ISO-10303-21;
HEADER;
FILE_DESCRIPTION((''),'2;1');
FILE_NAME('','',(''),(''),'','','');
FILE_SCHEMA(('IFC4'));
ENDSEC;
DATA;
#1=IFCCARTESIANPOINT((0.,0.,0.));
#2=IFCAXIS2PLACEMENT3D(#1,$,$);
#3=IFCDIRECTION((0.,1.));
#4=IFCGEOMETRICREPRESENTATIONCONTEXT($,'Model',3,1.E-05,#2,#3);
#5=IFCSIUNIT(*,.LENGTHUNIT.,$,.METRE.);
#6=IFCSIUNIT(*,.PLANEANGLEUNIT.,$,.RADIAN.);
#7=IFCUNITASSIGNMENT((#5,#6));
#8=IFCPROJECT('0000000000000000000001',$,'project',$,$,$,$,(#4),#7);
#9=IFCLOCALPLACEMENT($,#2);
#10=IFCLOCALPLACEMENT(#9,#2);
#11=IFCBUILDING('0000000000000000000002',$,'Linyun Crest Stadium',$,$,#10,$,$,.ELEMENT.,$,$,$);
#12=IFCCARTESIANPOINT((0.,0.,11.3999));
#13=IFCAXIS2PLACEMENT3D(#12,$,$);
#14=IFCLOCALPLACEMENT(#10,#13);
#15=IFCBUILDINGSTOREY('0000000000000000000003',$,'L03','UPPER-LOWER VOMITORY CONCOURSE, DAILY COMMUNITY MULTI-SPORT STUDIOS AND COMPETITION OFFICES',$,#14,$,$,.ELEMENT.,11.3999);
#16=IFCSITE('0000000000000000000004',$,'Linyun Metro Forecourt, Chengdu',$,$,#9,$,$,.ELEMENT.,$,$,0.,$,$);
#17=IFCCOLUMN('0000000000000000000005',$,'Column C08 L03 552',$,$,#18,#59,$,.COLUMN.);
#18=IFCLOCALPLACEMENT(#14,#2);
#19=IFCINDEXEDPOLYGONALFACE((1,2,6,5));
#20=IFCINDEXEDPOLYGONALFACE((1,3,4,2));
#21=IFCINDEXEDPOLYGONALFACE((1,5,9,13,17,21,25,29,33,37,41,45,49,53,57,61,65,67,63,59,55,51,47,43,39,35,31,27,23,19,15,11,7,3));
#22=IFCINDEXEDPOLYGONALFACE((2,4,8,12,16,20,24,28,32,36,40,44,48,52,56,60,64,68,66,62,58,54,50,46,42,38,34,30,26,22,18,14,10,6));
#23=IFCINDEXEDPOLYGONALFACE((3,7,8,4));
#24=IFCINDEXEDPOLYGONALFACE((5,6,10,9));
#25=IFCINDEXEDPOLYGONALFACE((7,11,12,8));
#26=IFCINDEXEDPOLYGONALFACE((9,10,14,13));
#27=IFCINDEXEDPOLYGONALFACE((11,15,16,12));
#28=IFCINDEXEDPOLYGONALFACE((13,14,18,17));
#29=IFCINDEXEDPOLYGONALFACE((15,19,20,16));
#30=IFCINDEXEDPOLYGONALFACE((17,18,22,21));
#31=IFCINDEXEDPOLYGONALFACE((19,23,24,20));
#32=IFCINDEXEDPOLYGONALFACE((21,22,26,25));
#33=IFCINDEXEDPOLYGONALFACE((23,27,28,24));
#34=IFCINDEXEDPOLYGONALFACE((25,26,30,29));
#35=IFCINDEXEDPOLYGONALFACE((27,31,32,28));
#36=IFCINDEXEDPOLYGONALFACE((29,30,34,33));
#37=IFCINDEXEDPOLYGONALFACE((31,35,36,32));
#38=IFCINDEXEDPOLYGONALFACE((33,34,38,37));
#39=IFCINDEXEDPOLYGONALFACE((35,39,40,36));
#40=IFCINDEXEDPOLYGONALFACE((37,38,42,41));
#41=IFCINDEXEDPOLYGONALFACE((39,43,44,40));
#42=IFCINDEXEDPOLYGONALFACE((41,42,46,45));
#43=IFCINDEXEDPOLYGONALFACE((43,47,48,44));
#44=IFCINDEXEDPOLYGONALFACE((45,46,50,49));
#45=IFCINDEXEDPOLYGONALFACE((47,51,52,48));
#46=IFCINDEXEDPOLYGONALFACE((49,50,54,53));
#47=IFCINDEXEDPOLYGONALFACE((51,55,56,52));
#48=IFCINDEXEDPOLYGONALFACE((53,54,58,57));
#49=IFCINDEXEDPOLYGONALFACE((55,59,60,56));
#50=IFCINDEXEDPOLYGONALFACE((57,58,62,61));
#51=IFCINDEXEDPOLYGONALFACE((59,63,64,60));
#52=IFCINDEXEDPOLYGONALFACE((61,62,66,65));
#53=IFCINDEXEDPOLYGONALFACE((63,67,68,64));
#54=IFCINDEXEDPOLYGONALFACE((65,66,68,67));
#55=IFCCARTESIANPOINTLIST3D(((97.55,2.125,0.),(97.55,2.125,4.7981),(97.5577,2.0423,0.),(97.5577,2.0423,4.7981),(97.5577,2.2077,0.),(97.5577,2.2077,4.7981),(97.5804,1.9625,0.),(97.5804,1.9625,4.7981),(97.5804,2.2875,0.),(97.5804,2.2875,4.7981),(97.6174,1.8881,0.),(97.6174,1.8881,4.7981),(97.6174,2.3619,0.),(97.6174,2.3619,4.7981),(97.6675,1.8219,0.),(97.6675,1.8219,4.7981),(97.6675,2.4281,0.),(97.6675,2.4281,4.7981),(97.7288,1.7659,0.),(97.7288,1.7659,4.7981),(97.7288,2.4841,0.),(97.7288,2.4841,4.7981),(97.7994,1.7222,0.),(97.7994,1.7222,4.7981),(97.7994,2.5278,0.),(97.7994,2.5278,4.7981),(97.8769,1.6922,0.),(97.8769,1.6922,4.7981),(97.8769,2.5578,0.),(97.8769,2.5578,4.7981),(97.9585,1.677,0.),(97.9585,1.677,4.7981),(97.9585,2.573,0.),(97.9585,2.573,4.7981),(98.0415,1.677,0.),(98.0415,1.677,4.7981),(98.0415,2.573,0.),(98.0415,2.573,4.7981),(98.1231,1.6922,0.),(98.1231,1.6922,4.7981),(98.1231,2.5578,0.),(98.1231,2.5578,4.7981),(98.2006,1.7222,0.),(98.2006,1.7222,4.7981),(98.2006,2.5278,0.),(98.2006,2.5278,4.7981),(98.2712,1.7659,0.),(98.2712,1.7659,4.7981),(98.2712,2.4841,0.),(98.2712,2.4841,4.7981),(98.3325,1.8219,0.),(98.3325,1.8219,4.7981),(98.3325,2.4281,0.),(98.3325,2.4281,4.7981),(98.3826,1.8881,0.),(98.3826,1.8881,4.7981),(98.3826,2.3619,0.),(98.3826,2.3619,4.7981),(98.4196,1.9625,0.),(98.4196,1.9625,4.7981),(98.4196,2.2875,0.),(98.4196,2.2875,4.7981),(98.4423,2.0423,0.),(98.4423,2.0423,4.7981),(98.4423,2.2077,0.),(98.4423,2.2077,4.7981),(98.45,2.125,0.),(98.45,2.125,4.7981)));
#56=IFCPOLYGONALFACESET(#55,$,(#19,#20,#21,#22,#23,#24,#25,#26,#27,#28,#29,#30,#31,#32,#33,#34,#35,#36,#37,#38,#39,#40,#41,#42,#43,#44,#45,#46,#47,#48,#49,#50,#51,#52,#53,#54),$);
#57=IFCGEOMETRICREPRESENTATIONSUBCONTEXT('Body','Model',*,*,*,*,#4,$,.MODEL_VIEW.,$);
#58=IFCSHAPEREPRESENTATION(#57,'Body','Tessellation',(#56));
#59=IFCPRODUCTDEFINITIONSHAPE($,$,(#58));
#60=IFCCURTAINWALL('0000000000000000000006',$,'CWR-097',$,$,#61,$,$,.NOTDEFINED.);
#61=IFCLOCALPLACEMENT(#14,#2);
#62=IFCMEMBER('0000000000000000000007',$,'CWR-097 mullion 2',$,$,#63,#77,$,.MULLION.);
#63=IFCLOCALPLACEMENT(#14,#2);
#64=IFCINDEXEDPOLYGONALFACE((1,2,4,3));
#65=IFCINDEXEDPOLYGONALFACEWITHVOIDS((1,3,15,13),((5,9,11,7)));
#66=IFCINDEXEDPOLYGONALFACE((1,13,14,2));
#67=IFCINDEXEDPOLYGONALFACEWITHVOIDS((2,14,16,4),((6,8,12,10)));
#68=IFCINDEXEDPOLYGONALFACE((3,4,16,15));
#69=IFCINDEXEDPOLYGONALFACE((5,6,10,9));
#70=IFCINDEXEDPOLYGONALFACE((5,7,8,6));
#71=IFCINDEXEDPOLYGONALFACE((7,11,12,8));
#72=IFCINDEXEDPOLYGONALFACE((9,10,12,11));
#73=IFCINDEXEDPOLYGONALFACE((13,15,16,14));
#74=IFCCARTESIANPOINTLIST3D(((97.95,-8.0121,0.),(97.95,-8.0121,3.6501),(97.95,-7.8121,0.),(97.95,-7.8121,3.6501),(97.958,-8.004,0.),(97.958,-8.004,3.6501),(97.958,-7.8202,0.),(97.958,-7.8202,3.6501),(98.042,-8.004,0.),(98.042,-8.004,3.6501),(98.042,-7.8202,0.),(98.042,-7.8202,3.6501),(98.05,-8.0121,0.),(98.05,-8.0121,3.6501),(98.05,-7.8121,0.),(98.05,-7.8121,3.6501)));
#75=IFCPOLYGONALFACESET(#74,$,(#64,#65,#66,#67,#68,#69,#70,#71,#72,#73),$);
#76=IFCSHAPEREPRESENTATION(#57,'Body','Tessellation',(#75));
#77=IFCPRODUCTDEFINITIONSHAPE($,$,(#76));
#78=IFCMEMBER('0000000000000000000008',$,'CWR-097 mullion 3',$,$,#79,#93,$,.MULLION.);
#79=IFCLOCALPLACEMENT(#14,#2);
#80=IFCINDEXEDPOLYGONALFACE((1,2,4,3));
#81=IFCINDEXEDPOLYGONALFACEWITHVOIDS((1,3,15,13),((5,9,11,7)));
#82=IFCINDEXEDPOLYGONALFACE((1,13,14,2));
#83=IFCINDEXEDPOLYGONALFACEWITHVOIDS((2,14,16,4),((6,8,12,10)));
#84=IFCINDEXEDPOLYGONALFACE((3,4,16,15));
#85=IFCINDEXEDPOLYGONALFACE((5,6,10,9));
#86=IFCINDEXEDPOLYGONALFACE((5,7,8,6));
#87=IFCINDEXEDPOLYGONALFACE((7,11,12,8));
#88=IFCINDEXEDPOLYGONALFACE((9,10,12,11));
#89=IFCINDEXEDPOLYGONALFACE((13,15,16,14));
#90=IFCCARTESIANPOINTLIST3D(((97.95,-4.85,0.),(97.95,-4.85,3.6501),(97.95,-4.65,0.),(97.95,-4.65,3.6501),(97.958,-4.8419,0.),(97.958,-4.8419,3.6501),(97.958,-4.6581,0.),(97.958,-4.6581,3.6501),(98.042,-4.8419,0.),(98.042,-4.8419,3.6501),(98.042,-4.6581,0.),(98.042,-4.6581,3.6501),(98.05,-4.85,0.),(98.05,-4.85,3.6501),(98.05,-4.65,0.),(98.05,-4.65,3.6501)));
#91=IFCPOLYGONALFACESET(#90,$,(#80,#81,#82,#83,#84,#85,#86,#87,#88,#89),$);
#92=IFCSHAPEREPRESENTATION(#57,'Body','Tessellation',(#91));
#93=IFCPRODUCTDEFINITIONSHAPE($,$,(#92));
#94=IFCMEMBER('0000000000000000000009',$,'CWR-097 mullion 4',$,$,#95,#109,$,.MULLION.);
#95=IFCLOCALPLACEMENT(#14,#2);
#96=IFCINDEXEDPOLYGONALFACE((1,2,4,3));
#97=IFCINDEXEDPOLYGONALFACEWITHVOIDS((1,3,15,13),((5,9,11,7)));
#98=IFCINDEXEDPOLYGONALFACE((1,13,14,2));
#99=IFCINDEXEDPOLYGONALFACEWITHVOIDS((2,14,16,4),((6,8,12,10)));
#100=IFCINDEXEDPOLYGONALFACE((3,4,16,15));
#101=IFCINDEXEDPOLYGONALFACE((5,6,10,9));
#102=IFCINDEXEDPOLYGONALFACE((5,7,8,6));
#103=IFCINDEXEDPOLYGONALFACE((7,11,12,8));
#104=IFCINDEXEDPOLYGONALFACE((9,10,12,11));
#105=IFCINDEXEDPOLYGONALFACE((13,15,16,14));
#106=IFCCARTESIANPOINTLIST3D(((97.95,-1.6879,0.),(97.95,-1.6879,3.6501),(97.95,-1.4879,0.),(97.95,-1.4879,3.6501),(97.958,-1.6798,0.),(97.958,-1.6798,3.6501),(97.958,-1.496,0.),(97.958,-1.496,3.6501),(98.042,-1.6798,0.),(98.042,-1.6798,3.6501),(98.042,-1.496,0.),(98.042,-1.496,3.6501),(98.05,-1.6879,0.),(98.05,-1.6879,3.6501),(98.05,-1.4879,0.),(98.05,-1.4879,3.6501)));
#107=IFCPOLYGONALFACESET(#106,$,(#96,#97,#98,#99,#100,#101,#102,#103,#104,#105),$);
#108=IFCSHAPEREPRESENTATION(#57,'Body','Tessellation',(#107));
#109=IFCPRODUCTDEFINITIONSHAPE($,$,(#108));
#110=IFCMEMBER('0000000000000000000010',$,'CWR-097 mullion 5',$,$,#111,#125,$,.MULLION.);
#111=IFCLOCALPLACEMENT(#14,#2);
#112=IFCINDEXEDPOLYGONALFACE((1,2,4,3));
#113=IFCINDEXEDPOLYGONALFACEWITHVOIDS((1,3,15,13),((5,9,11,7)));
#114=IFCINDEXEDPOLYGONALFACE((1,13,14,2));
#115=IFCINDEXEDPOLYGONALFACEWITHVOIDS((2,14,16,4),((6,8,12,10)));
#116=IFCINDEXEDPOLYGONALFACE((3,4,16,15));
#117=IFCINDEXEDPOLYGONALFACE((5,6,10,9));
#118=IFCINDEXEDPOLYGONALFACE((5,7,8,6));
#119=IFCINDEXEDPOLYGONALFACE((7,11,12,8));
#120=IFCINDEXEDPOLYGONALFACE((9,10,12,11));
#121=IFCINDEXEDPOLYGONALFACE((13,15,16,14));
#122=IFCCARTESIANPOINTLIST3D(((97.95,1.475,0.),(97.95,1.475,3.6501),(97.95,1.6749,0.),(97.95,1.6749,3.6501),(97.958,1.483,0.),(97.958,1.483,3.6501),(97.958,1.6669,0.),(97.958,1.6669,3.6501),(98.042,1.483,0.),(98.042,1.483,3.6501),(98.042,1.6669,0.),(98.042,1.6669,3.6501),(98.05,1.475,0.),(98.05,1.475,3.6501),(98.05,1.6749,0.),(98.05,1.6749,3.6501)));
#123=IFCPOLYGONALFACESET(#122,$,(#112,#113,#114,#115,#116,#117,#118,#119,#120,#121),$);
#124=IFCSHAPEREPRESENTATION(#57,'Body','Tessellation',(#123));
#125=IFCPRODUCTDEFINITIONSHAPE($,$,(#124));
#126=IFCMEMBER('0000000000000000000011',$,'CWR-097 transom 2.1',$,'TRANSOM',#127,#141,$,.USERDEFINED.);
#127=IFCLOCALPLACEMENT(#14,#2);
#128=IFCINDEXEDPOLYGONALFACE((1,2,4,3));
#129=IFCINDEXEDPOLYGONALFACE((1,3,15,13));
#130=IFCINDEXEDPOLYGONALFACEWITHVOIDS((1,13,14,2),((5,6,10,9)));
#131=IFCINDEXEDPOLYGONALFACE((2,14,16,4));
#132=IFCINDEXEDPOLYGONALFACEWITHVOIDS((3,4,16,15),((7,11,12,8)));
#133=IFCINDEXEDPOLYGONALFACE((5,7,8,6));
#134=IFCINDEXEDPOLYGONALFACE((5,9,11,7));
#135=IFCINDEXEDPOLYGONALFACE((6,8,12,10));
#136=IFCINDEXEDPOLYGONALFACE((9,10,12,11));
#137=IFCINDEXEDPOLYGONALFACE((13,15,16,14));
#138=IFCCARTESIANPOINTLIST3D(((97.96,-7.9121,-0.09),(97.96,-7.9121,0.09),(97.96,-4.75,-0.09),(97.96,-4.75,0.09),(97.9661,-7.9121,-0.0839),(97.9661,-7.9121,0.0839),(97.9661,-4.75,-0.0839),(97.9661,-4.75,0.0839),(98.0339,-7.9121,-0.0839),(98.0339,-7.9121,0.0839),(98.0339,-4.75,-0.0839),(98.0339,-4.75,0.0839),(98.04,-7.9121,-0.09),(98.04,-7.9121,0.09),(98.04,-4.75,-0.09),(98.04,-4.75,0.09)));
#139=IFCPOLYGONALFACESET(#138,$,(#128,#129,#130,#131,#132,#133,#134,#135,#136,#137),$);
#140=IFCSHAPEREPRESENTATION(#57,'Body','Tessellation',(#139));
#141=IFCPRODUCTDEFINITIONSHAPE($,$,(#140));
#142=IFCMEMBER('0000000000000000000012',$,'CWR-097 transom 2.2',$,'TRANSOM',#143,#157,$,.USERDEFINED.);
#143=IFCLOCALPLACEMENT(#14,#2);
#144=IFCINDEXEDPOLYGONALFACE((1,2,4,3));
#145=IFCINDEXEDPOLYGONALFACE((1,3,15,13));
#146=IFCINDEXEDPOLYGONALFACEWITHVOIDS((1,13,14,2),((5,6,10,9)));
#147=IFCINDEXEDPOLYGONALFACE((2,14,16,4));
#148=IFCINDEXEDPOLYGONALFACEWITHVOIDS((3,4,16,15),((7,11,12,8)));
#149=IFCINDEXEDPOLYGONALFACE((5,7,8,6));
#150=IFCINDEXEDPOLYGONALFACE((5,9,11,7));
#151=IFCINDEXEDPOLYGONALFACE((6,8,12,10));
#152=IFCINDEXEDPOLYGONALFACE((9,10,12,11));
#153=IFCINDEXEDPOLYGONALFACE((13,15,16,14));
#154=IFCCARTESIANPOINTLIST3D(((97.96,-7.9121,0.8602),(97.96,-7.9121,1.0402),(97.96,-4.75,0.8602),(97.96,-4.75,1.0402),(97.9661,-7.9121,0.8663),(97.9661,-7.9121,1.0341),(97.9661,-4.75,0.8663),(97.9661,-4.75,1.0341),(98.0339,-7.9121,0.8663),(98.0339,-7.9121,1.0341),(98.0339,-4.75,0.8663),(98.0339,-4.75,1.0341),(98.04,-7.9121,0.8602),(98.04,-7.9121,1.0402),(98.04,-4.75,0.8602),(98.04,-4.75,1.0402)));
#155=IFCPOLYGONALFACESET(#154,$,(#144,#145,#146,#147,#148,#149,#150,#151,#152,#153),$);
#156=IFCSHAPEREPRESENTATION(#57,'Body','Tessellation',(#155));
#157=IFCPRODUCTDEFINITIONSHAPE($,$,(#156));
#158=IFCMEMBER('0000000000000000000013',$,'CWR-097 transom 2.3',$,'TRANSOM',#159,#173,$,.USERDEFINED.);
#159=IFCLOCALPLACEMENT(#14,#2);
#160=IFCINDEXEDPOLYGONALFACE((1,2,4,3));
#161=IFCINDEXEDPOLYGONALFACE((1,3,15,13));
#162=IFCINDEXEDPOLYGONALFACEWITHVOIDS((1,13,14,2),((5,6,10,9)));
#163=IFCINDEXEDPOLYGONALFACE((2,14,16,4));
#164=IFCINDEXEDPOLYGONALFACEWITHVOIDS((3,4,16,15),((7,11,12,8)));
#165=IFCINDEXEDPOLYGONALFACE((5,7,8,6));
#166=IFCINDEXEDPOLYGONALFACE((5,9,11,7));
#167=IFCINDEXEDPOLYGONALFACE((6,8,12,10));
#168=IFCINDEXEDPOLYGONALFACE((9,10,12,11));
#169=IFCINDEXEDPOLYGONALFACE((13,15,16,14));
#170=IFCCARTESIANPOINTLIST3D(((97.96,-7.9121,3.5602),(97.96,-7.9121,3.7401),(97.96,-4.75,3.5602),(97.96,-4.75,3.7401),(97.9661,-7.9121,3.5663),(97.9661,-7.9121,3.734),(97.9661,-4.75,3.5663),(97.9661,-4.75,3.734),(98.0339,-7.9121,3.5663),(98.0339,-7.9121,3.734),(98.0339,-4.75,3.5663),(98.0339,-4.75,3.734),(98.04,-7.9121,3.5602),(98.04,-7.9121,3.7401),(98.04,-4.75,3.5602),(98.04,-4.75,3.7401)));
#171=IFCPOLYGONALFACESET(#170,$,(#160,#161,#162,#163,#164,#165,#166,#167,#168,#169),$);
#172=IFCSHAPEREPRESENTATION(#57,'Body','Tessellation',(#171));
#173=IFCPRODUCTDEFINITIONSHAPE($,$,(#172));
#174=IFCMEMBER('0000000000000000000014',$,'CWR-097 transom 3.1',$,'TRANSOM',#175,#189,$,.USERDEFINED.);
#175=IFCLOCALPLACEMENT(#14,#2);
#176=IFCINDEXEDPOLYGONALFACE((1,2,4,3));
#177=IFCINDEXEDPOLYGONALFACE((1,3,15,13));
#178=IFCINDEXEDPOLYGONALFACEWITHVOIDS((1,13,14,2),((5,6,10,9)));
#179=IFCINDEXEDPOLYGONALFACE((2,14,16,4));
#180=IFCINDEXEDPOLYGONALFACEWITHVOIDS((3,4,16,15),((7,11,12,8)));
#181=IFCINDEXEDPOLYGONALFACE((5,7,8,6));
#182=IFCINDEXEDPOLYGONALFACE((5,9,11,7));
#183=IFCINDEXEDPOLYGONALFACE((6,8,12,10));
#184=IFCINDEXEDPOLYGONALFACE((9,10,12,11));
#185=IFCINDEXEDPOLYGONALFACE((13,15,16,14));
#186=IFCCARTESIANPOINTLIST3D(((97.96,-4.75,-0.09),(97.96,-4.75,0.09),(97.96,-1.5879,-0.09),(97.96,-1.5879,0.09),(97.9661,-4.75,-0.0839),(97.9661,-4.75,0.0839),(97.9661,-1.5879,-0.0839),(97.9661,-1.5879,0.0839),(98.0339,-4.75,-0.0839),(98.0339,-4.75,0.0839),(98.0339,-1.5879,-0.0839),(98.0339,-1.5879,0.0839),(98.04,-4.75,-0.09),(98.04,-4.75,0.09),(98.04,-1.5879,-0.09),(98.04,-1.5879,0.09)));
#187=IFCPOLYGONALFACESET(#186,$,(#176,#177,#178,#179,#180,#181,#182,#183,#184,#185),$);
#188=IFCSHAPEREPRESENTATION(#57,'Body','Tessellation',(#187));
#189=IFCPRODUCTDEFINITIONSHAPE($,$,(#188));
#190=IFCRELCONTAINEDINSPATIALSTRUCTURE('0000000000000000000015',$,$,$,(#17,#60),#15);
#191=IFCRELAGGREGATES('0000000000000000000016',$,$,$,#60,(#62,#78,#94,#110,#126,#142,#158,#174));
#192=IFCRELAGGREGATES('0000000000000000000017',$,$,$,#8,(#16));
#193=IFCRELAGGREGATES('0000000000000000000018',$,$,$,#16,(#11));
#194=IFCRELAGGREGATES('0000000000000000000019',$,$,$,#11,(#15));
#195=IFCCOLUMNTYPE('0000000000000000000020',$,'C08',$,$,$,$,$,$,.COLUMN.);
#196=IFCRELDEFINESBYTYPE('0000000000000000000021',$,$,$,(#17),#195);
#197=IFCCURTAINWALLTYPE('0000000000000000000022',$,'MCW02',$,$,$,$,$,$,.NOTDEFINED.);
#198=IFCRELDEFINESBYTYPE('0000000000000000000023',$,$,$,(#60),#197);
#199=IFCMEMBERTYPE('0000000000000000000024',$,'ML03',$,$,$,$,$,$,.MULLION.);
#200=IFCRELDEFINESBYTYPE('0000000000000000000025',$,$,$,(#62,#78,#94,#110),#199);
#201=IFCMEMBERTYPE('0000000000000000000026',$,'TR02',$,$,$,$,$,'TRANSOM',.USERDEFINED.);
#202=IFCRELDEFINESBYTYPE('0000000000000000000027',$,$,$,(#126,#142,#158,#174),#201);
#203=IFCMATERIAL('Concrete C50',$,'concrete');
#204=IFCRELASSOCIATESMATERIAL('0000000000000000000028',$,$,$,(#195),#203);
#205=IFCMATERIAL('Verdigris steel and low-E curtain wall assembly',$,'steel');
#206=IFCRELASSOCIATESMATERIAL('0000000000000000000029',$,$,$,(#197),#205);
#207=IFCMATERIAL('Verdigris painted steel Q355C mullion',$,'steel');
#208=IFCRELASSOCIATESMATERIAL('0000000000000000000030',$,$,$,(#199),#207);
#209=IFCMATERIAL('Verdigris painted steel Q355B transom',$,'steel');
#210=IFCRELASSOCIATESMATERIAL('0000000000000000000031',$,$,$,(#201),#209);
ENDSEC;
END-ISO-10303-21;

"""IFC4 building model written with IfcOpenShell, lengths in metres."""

from ifc_helpers import new_model, si_unit, direction, frame, origin, origin_2d, place, context, subcontext, project, spatial, hollow_rectangle, circle, extrude, material, material_profile, profile_set, type_object, element, aggregate, save


model = new_model("IFC4")

# Units and contexts
model_context = context("Model", 3, precision=1e-05, world=origin(), true_north=direction((0.0, 1.0)))
body_context = subcontext(model_context, "Body", "Model", "MODEL_VIEW")
ifc_project = project(units=[si_unit("LENGTHUNIT", "METRE"), si_unit("PLANEANGLEUNIT", "RADIAN")], contexts=[model_context])

# Site, building, storey
site_placement = place(None, origin())
site = spatial("IfcSite", under=ifc_project, at=site_placement, Name="Linyun Metro Forecourt, Chengdu", CompositionType="ELEMENT", RefElevation=0.0)
building_placement = place(site_placement, origin())
building = spatial("IfcBuilding", under=site, at=building_placement, Name="Linyun Crest Stadium", CompositionType="ELEMENT")
storey_placement = place(building_placement, frame((0.0, 0.0, 11.3999)))
storey = spatial("IfcBuildingStorey", under=building, at=storey_placement, Name="L03", Description="UPPER-LOWER VOMITORY CONCOURSE, DAILY COMMUNITY MULTI-SPORT STUDIOS AND COMPETITION OFFICES", CompositionType="ELEMENT", Elevation=11.3999)

# Column
ifc_material_1 = material(Name="Concrete C50", Category="concrete")
ifc_material_profile_1 = material_profile(ifc_material_1, circle(Radius=0.45, at=origin_2d()), Name="RC D900")
ifc_profile_set_1 = profile_set([ifc_material_profile_1], Name="Concrete C50")
column_type = type_object("IfcColumnType", Name="C08", PredefinedType="COLUMN", material=ifc_profile_set_1)
column_placement = place(storey_placement, frame((98.0, 2.125, 0.0), z_axis=(0.0, 0.0, 1.0), x_axis=(1.0, 0.0, 0.0)))
element("IfcColumn", 1, at=column_placement, inside=storey, type_object=column_type, Name="Column C08 L03 552", PredefinedType="COLUMN", context=body_context, shape_type="SweptSolid", body=[
    extrude(circle(Radius=0.45, at=origin_2d()), origin(), (0.0, 0.0, 1.0), 4.7981),
])

# Curtain wall, members
ifc_material_2 = material(Name="Verdigris steel and low-E curtain wall assembly", Category="steel")
curtain_wall_type = type_object("IfcCurtainWallType", Name="MCW02", PredefinedType="NOTDEFINED", material=ifc_material_2)
curtain_wall_placement = place(storey_placement, origin())
curtain_wall = element("IfcCurtainWall", 2, at=curtain_wall_placement, inside=storey, type_object=curtain_wall_type, Name="CWR-097", PredefinedType="NOTDEFINED")
ifc_material_3 = material(Name="Verdigris painted steel Q355C mullion", Category="steel")
ifc_material_profile_2 = material_profile(ifc_material_3, hollow_rectangle(XDim=0.1001, YDim=0.2, WallThickness=0.0081, at=origin_2d()), Name="RHS 200x100x8")
ifc_profile_set_2 = profile_set([ifc_material_profile_2], Name="Verdigris painted steel Q355C mullion")
member_type_1 = type_object("IfcMemberType", Name="ML03", PredefinedType="MULLION", material=ifc_profile_set_2)
member_1_placement = place(storey_placement, frame((98.0, -7.9121, 0.0), z_axis=(0.0, 0.0, 1.0), x_axis=(-1.0, 0.0, 0.0)))
member_1 = element("IfcMember", 3, at=member_1_placement, type_object=member_type_1, Name="CWR-097 mullion 2", PredefinedType="MULLION", context=body_context, shape_type="SweptSolid", body=[
    extrude(hollow_rectangle(XDim=0.1001, YDim=0.2, WallThickness=0.0081, at=origin_2d()), origin(), (0.0, 0.0, 1.0), 3.6501),
])
member_2_placement = place(storey_placement, frame((98.0, -4.75, 0.0), z_axis=(0.0, 0.0, 1.0), x_axis=(-1.0, 0.0, 0.0)))
member_2 = element("IfcMember", 4, at=member_2_placement, type_object=member_type_1, Name="CWR-097 mullion 3", PredefinedType="MULLION", context=body_context, shape_type="SweptSolid", body=[
    extrude(hollow_rectangle(XDim=0.1001, YDim=0.2, WallThickness=0.0081, at=origin_2d()), origin(), (0.0, 0.0, 1.0), 3.6501),
])
member_3_placement = place(storey_placement, frame((98.0, -1.5879, 0.0), z_axis=(0.0, 0.0, 1.0), x_axis=(-1.0, 0.0, 0.0)))
member_3 = element("IfcMember", 5, at=member_3_placement, type_object=member_type_1, Name="CWR-097 mullion 4", PredefinedType="MULLION", context=body_context, shape_type="SweptSolid", body=[
    extrude(hollow_rectangle(XDim=0.1001, YDim=0.2, WallThickness=0.0081, at=origin_2d()), origin(), (0.0, 0.0, 1.0), 3.6501),
])
member_4_placement = place(storey_placement, frame((98.0, 1.575, 0.0), z_axis=(0.0, 0.0, 1.0), x_axis=(-1.0, 0.0, 0.0)))
member_4 = element("IfcMember", 6, at=member_4_placement, type_object=member_type_1, Name="CWR-097 mullion 5", PredefinedType="MULLION", context=body_context, shape_type="SweptSolid", body=[
    extrude(hollow_rectangle(XDim=0.1001, YDim=0.2, WallThickness=0.0081, at=origin_2d()), origin(), (0.0, 0.0, 1.0), 3.6501),
])
ifc_material_4 = material(Name="Verdigris painted steel Q355B transom", Category="steel")
ifc_material_profile_3 = material_profile(ifc_material_4, hollow_rectangle(XDim=0.0801, YDim=0.1799, WallThickness=0.0061, at=origin_2d()), Name="RHS 180x80x6")
ifc_profile_set_3 = profile_set([ifc_material_profile_3], Name="Verdigris painted steel Q355B transom")
member_type_2 = type_object("IfcMemberType", Name="TR02", ElementType="TRANSOM", PredefinedType="USERDEFINED", material=ifc_profile_set_3)
member_5_placement = place(storey_placement, frame((98.0, -7.9121, 0.0), z_axis=(0.0, 1.0, 0.0), x_axis=(-1.0, 0.0, 0.0)))
member_5 = element("IfcMember", 7, at=member_5_placement, type_object=member_type_2, Name="CWR-097 transom 2.1", ObjectType="TRANSOM", PredefinedType="USERDEFINED", context=body_context, shape_type="SweptSolid", body=[
    extrude(hollow_rectangle(XDim=0.0801, YDim=0.1799, WallThickness=0.0061, at=origin_2d()), origin(), (0.0, 0.0, 1.0), 3.1621),
])
member_6_placement = place(storey_placement, frame((98.0, -7.9121, 0.9502), z_axis=(0.0, 1.0, 0.0), x_axis=(-1.0, 0.0, 0.0)))
member_6 = element("IfcMember", 8, at=member_6_placement, type_object=member_type_2, Name="CWR-097 transom 2.2", ObjectType="TRANSOM", PredefinedType="USERDEFINED", context=body_context, shape_type="SweptSolid", body=[
    extrude(hollow_rectangle(XDim=0.0801, YDim=0.1799, WallThickness=0.0061, at=origin_2d()), origin(), (0.0, 0.0, 1.0), 3.1621),
])
member_7_placement = place(storey_placement, frame((98.0, -7.9121, 3.6501), z_axis=(0.0, 1.0, 0.0), x_axis=(-1.0, 0.0, 0.0)))
member_7 = element("IfcMember", 9, at=member_7_placement, type_object=member_type_2, Name="CWR-097 transom 2.3", ObjectType="TRANSOM", PredefinedType="USERDEFINED", context=body_context, shape_type="SweptSolid", body=[
    extrude(hollow_rectangle(XDim=0.0801, YDim=0.1799, WallThickness=0.0061, at=origin_2d()), origin(), (0.0, 0.0, 1.0), 3.1621),
])
member_8_placement = place(storey_placement, frame((98.0, -4.75, 0.0), z_axis=(0.0, 1.0, 0.0), x_axis=(-1.0, 0.0, 0.0)))
member_8 = element("IfcMember", 10, at=member_8_placement, type_object=member_type_2, Name="CWR-097 transom 3.1", ObjectType="TRANSOM", PredefinedType="USERDEFINED", context=body_context, shape_type="SweptSolid", body=[
    extrude(hollow_rectangle(XDim=0.0801, YDim=0.1799, WallThickness=0.0061, at=origin_2d()), origin(), (0.0, 0.0, 1.0), 3.1621),
])
aggregate(curtain_wall, [member_1, member_2, member_3, member_4, member_5, member_6, member_7, member_8])

save(model, "model.ifc")
